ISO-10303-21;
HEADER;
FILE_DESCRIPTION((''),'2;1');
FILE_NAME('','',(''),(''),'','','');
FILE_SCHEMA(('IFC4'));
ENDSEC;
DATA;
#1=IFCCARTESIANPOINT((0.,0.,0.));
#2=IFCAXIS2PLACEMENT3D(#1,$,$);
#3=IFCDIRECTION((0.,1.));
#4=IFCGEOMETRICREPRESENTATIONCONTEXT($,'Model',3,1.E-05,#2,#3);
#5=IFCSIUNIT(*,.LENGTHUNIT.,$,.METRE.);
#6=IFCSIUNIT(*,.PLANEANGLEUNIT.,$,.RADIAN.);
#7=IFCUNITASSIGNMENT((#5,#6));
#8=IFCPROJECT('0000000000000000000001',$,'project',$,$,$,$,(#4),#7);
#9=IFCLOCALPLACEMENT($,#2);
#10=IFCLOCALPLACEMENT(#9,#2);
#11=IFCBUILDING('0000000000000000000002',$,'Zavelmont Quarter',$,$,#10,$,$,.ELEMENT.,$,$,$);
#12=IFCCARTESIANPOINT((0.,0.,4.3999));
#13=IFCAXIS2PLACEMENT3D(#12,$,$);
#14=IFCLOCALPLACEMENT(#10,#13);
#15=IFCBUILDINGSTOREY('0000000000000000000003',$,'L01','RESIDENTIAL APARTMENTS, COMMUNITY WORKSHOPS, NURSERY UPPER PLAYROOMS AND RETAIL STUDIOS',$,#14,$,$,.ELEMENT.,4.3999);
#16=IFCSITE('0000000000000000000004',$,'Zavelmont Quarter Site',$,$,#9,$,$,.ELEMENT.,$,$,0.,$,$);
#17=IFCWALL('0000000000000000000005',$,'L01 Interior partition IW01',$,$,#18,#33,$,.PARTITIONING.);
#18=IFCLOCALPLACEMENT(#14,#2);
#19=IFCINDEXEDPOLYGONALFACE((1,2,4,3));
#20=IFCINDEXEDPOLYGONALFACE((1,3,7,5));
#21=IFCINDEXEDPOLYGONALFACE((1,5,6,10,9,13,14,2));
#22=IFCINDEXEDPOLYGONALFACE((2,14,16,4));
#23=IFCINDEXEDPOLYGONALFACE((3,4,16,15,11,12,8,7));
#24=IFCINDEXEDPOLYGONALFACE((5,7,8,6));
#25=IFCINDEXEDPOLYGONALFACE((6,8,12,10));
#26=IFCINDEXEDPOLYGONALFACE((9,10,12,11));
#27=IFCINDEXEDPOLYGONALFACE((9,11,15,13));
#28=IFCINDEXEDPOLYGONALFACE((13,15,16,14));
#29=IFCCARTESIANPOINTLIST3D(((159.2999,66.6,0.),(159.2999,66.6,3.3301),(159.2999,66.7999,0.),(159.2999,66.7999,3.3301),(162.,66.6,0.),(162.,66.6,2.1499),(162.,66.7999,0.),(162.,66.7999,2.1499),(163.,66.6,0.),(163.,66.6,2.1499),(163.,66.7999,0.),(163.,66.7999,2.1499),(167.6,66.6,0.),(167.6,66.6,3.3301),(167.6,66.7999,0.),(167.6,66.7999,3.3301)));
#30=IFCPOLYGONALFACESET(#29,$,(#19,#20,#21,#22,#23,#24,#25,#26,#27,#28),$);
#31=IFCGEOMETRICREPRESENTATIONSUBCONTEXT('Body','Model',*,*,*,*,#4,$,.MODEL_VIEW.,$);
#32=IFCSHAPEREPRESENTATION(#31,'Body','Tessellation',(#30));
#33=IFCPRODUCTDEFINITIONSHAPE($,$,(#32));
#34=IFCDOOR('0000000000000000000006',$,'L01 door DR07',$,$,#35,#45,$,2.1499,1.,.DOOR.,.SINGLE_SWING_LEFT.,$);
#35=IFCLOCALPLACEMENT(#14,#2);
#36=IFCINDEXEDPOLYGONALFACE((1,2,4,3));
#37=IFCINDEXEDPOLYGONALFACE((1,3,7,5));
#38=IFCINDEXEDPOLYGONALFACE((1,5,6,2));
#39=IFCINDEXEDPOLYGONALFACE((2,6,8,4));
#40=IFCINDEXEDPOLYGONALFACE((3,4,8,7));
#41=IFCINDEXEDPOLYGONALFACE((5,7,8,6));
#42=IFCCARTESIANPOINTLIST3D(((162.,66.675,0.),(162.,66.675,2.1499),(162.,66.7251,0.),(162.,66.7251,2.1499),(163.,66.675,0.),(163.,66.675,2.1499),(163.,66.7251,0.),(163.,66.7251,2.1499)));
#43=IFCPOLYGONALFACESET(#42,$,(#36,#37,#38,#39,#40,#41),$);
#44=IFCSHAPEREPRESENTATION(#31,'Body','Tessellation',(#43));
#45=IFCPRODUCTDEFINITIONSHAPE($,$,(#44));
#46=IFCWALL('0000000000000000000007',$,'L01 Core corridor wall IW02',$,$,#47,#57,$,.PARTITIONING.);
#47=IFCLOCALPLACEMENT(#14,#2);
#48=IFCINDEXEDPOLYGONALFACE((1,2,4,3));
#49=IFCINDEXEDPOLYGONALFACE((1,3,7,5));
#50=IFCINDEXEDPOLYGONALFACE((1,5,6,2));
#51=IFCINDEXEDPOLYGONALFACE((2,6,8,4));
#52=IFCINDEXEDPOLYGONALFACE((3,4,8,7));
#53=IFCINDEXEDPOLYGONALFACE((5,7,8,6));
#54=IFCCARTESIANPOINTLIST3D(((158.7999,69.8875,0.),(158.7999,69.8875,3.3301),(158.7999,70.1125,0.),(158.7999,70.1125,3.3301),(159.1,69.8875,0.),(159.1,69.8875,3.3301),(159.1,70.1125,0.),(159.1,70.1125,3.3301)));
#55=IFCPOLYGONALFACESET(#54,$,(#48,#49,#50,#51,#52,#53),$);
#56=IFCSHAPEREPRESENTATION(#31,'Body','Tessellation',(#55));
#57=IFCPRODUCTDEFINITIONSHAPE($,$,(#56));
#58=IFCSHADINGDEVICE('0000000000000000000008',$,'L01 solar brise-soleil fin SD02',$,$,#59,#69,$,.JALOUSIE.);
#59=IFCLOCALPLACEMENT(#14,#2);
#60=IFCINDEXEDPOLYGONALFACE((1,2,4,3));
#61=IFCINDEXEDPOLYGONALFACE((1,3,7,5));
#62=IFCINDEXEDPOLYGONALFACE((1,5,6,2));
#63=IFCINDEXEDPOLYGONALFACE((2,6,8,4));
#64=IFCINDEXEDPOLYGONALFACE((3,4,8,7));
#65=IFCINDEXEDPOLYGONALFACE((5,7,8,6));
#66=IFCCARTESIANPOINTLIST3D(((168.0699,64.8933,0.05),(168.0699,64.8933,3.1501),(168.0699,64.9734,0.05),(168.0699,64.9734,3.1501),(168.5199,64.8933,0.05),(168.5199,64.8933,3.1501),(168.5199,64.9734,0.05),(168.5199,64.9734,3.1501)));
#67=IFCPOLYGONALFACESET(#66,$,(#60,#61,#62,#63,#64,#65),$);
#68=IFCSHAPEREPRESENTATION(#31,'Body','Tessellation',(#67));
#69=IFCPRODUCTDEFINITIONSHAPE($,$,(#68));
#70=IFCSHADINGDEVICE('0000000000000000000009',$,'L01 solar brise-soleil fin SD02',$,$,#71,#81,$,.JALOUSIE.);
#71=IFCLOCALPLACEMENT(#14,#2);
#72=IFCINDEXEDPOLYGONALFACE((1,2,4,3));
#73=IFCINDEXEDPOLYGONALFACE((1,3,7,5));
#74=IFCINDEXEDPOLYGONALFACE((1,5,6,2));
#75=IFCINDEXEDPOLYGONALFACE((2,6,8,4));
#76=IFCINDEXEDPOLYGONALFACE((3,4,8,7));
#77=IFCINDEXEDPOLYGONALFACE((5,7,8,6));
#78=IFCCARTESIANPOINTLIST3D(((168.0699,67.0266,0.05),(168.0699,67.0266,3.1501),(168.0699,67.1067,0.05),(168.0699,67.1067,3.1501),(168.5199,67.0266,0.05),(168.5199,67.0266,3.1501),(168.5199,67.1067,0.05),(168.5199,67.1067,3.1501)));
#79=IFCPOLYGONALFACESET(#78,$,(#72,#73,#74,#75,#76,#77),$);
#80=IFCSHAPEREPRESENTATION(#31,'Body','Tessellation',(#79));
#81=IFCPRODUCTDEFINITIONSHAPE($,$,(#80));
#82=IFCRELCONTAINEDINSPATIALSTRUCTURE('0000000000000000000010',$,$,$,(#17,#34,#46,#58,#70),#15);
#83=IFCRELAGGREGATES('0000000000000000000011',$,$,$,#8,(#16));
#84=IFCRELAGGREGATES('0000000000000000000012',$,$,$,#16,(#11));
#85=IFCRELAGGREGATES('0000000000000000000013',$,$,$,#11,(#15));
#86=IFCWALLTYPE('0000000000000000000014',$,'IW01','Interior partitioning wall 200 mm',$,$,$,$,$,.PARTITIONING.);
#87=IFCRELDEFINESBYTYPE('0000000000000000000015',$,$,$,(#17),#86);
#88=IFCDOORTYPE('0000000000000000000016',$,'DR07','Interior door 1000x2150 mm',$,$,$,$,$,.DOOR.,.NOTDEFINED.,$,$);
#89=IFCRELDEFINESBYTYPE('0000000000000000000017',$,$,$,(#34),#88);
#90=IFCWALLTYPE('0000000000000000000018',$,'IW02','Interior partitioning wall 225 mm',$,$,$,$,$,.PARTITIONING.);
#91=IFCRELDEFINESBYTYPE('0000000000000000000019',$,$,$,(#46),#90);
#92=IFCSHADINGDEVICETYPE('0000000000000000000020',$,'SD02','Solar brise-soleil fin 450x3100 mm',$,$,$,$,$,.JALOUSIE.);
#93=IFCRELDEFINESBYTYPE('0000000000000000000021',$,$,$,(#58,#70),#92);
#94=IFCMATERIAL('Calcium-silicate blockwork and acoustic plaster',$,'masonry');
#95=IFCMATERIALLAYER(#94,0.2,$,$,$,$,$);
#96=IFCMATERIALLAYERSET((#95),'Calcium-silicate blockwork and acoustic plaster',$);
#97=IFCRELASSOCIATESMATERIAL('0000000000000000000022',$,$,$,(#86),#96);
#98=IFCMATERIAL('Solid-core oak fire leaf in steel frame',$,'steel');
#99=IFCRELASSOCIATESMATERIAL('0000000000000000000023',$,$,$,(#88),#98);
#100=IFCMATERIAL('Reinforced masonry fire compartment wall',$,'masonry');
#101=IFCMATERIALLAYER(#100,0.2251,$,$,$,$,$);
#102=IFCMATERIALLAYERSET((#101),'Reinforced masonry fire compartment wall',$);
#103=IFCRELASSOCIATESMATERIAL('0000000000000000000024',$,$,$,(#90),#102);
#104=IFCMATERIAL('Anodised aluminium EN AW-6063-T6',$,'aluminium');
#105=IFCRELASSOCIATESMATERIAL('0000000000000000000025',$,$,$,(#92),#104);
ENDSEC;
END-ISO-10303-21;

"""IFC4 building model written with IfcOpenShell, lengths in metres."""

from ifc_helpers import new_model, si_unit, direction, frame, frame_2d, origin, origin_2d, place, context, subcontext, project, spatial, rectangle, extrude, material, layer, layer_set, type_object, element, fill, save


model = new_model("IFC4")

# Units and contexts
model_context = context("Model", 3, precision=1e-05, world=origin(), true_north=direction((0.0, 1.0)))
body_context = subcontext(model_context, "Body", "Model", "MODEL_VIEW")
ifc_project = project(units=[si_unit("LENGTHUNIT", "METRE"), si_unit("PLANEANGLEUNIT", "RADIAN")], contexts=[model_context])

# Site, building, storey
site_placement = place(None, origin())
site = spatial("IfcSite", under=ifc_project, at=site_placement, Name="Zavelmont Quarter Site", CompositionType="ELEMENT", RefElevation=0.0)
building_placement = place(site_placement, origin())
building = spatial("IfcBuilding", under=site, at=building_placement, Name="Zavelmont Quarter", CompositionType="ELEMENT")
storey_placement = place(building_placement, frame((0.0, 0.0, 4.3999)))
storey = spatial("IfcBuildingStorey", under=building, at=storey_placement, Name="L01", Description="RESIDENTIAL APARTMENTS, COMMUNITY WORKSHOPS, NURSERY UPPER PLAYROOMS AND RETAIL STUDIOS", CompositionType="ELEMENT", Elevation=4.3999)

# Wall, opening, door
ifc_material_1 = material(Name="Calcium-silicate blockwork and acoustic plaster", Category="masonry")
ifc_layer_1 = layer(ifc_material_1, 0.2)
ifc_layer_set_1 = layer_set([ifc_layer_1], Name="Calcium-silicate blockwork and acoustic plaster")
wall_type_1 = type_object("IfcWallType", Name="IW01", Description="Interior partitioning wall 200 mm", PredefinedType="PARTITIONING", material=ifc_layer_set_1)
ifc_material_2 = material(Name="Solid-core oak fire leaf in steel frame", Category="steel")
door_type_1 = type_object("IfcDoorType", Name="DR07", Description="Interior door 1000x2150 mm", OperationType="NOTDEFINED", PredefinedType="DOOR", material=ifc_material_2)
wall_1_placement = place(storey_placement, frame((159.3, 66.7, 0.0), z_axis=(0.0, 0.0, 1.0), x_axis=(1.0, 0.0, 0.0)))
wall_1 = element("IfcWall", 1, at=wall_1_placement, inside=storey, type_object=wall_type_1, Name="L01 Interior partition IW01", PredefinedType="PARTITIONING", context=body_context, shape_type="SweptSolid", body=[
    extrude(rectangle(XDim=8.3, YDim=0.2, at=frame_2d((4.1499, 0.0))), origin(), (0.0, 0.0, 1.0), 3.3301),
])
opening_1_placement = place(wall_1_placement, frame((2.7, 0.0, 0.0)))
opening_1 = element("IfcOpeningElement", 2, at=opening_1_placement, cuts=wall_1, PredefinedType="OPENING", context=body_context, shape_type="SweptSolid", body=[
    extrude(rectangle(XDim=1.0, YDim=2.1499, at=frame_2d((0.5, 1.075))), frame((0.0, 0.1118, 0.0), z_axis=(0.0, -1.0, 0.0), x_axis=(1.0, 0.0, 0.0)), (0.0, 0.0, 1.0), 0.2239),
])
door_1_placement = place(opening_1_placement, frame((1.0, 0.0, 0.0), z_axis=(0.0, 0.0, 1.0), x_axis=(-1.0, 0.0, 0.0)))
door_1 = element("IfcDoor", 3, at=door_1_placement, inside=storey, type_object=door_type_1, Name="L01 door DR07", OperationType="SINGLE_SWING_LEFT", OverallHeight=2.1499, OverallWidth=1.0, PredefinedType="DOOR", context=body_context, shape_type="SweptSolid", body=[
    extrude(rectangle(XDim=1.0, YDim=2.1499, at=frame_2d((0.5, 1.075))), frame((0.0, 0.0249, 0.0), z_axis=(0.0, -1.0, 0.0), x_axis=(1.0, 0.0, 0.0)), (0.0, 0.0, 1.0), 0.05),
])
fill(opening_1, door_1)

# Wall
ifc_material_3 = material(Name="Reinforced masonry fire compartment wall", Category="masonry")
ifc_layer_2 = layer(ifc_material_3, 0.2251)
ifc_layer_set_2 = layer_set([ifc_layer_2], Name="Reinforced masonry fire compartment wall")
wall_type_2 = type_object("IfcWallType", Name="IW02", Description="Interior partitioning wall 225 mm", PredefinedType="PARTITIONING", material=ifc_layer_set_2)
wall_2_placement = place(storey_placement, frame((158.8, 70.0, 0.0), z_axis=(0.0, 0.0, 1.0), x_axis=(1.0, 0.0, 0.0)))
element("IfcWall", 4, at=wall_2_placement, inside=storey, type_object=wall_type_2, Name="L01 Core corridor wall IW02", PredefinedType="PARTITIONING", context=body_context, shape_type="SweptSolid", body=[
    extrude(rectangle(XDim=0.3, YDim=0.2251, at=frame_2d((0.1499, 0.0))), origin(), (0.0, 0.0, 1.0), 3.3301),
])

# Shading devices
ifc_material_4 = material(Name="Anodised aluminium EN AW-6063-T6", Category="aluminium")
shading_device_type = type_object("IfcShadingDeviceType", Name="SD02", Description="Solar brise-soleil fin 450x3100 mm", PredefinedType="JALOUSIE", material=ifc_material_4)
for number, where, z_axis, x_axis, name in (
    (5, (168.2949, 64.9333, 0.05), (0.0, 0.0, 1.0), (0.0, 1.0, 0.0), "L01 solar brise-soleil fin SD02"),
    (6, (168.2949, 67.0667, 0.05), (0.0, 0.0, 1.0), (0.0, 1.0, 0.0), "L01 solar brise-soleil fin SD02"),
):
    element("IfcShadingDevice", number, at=place(storey_placement, frame(where, z_axis=z_axis, x_axis=x_axis)), inside=storey, type_object=shading_device_type, Name=name, PredefinedType="JALOUSIE", context=body_context, shape_type="SweptSolid", body=[
        extrude(rectangle(XDim=0.0801, YDim=0.45, at=origin_2d()), origin(), (0.0, 0.0, 1.0), 3.1001),
    ])

save(model, "model.ifc")
